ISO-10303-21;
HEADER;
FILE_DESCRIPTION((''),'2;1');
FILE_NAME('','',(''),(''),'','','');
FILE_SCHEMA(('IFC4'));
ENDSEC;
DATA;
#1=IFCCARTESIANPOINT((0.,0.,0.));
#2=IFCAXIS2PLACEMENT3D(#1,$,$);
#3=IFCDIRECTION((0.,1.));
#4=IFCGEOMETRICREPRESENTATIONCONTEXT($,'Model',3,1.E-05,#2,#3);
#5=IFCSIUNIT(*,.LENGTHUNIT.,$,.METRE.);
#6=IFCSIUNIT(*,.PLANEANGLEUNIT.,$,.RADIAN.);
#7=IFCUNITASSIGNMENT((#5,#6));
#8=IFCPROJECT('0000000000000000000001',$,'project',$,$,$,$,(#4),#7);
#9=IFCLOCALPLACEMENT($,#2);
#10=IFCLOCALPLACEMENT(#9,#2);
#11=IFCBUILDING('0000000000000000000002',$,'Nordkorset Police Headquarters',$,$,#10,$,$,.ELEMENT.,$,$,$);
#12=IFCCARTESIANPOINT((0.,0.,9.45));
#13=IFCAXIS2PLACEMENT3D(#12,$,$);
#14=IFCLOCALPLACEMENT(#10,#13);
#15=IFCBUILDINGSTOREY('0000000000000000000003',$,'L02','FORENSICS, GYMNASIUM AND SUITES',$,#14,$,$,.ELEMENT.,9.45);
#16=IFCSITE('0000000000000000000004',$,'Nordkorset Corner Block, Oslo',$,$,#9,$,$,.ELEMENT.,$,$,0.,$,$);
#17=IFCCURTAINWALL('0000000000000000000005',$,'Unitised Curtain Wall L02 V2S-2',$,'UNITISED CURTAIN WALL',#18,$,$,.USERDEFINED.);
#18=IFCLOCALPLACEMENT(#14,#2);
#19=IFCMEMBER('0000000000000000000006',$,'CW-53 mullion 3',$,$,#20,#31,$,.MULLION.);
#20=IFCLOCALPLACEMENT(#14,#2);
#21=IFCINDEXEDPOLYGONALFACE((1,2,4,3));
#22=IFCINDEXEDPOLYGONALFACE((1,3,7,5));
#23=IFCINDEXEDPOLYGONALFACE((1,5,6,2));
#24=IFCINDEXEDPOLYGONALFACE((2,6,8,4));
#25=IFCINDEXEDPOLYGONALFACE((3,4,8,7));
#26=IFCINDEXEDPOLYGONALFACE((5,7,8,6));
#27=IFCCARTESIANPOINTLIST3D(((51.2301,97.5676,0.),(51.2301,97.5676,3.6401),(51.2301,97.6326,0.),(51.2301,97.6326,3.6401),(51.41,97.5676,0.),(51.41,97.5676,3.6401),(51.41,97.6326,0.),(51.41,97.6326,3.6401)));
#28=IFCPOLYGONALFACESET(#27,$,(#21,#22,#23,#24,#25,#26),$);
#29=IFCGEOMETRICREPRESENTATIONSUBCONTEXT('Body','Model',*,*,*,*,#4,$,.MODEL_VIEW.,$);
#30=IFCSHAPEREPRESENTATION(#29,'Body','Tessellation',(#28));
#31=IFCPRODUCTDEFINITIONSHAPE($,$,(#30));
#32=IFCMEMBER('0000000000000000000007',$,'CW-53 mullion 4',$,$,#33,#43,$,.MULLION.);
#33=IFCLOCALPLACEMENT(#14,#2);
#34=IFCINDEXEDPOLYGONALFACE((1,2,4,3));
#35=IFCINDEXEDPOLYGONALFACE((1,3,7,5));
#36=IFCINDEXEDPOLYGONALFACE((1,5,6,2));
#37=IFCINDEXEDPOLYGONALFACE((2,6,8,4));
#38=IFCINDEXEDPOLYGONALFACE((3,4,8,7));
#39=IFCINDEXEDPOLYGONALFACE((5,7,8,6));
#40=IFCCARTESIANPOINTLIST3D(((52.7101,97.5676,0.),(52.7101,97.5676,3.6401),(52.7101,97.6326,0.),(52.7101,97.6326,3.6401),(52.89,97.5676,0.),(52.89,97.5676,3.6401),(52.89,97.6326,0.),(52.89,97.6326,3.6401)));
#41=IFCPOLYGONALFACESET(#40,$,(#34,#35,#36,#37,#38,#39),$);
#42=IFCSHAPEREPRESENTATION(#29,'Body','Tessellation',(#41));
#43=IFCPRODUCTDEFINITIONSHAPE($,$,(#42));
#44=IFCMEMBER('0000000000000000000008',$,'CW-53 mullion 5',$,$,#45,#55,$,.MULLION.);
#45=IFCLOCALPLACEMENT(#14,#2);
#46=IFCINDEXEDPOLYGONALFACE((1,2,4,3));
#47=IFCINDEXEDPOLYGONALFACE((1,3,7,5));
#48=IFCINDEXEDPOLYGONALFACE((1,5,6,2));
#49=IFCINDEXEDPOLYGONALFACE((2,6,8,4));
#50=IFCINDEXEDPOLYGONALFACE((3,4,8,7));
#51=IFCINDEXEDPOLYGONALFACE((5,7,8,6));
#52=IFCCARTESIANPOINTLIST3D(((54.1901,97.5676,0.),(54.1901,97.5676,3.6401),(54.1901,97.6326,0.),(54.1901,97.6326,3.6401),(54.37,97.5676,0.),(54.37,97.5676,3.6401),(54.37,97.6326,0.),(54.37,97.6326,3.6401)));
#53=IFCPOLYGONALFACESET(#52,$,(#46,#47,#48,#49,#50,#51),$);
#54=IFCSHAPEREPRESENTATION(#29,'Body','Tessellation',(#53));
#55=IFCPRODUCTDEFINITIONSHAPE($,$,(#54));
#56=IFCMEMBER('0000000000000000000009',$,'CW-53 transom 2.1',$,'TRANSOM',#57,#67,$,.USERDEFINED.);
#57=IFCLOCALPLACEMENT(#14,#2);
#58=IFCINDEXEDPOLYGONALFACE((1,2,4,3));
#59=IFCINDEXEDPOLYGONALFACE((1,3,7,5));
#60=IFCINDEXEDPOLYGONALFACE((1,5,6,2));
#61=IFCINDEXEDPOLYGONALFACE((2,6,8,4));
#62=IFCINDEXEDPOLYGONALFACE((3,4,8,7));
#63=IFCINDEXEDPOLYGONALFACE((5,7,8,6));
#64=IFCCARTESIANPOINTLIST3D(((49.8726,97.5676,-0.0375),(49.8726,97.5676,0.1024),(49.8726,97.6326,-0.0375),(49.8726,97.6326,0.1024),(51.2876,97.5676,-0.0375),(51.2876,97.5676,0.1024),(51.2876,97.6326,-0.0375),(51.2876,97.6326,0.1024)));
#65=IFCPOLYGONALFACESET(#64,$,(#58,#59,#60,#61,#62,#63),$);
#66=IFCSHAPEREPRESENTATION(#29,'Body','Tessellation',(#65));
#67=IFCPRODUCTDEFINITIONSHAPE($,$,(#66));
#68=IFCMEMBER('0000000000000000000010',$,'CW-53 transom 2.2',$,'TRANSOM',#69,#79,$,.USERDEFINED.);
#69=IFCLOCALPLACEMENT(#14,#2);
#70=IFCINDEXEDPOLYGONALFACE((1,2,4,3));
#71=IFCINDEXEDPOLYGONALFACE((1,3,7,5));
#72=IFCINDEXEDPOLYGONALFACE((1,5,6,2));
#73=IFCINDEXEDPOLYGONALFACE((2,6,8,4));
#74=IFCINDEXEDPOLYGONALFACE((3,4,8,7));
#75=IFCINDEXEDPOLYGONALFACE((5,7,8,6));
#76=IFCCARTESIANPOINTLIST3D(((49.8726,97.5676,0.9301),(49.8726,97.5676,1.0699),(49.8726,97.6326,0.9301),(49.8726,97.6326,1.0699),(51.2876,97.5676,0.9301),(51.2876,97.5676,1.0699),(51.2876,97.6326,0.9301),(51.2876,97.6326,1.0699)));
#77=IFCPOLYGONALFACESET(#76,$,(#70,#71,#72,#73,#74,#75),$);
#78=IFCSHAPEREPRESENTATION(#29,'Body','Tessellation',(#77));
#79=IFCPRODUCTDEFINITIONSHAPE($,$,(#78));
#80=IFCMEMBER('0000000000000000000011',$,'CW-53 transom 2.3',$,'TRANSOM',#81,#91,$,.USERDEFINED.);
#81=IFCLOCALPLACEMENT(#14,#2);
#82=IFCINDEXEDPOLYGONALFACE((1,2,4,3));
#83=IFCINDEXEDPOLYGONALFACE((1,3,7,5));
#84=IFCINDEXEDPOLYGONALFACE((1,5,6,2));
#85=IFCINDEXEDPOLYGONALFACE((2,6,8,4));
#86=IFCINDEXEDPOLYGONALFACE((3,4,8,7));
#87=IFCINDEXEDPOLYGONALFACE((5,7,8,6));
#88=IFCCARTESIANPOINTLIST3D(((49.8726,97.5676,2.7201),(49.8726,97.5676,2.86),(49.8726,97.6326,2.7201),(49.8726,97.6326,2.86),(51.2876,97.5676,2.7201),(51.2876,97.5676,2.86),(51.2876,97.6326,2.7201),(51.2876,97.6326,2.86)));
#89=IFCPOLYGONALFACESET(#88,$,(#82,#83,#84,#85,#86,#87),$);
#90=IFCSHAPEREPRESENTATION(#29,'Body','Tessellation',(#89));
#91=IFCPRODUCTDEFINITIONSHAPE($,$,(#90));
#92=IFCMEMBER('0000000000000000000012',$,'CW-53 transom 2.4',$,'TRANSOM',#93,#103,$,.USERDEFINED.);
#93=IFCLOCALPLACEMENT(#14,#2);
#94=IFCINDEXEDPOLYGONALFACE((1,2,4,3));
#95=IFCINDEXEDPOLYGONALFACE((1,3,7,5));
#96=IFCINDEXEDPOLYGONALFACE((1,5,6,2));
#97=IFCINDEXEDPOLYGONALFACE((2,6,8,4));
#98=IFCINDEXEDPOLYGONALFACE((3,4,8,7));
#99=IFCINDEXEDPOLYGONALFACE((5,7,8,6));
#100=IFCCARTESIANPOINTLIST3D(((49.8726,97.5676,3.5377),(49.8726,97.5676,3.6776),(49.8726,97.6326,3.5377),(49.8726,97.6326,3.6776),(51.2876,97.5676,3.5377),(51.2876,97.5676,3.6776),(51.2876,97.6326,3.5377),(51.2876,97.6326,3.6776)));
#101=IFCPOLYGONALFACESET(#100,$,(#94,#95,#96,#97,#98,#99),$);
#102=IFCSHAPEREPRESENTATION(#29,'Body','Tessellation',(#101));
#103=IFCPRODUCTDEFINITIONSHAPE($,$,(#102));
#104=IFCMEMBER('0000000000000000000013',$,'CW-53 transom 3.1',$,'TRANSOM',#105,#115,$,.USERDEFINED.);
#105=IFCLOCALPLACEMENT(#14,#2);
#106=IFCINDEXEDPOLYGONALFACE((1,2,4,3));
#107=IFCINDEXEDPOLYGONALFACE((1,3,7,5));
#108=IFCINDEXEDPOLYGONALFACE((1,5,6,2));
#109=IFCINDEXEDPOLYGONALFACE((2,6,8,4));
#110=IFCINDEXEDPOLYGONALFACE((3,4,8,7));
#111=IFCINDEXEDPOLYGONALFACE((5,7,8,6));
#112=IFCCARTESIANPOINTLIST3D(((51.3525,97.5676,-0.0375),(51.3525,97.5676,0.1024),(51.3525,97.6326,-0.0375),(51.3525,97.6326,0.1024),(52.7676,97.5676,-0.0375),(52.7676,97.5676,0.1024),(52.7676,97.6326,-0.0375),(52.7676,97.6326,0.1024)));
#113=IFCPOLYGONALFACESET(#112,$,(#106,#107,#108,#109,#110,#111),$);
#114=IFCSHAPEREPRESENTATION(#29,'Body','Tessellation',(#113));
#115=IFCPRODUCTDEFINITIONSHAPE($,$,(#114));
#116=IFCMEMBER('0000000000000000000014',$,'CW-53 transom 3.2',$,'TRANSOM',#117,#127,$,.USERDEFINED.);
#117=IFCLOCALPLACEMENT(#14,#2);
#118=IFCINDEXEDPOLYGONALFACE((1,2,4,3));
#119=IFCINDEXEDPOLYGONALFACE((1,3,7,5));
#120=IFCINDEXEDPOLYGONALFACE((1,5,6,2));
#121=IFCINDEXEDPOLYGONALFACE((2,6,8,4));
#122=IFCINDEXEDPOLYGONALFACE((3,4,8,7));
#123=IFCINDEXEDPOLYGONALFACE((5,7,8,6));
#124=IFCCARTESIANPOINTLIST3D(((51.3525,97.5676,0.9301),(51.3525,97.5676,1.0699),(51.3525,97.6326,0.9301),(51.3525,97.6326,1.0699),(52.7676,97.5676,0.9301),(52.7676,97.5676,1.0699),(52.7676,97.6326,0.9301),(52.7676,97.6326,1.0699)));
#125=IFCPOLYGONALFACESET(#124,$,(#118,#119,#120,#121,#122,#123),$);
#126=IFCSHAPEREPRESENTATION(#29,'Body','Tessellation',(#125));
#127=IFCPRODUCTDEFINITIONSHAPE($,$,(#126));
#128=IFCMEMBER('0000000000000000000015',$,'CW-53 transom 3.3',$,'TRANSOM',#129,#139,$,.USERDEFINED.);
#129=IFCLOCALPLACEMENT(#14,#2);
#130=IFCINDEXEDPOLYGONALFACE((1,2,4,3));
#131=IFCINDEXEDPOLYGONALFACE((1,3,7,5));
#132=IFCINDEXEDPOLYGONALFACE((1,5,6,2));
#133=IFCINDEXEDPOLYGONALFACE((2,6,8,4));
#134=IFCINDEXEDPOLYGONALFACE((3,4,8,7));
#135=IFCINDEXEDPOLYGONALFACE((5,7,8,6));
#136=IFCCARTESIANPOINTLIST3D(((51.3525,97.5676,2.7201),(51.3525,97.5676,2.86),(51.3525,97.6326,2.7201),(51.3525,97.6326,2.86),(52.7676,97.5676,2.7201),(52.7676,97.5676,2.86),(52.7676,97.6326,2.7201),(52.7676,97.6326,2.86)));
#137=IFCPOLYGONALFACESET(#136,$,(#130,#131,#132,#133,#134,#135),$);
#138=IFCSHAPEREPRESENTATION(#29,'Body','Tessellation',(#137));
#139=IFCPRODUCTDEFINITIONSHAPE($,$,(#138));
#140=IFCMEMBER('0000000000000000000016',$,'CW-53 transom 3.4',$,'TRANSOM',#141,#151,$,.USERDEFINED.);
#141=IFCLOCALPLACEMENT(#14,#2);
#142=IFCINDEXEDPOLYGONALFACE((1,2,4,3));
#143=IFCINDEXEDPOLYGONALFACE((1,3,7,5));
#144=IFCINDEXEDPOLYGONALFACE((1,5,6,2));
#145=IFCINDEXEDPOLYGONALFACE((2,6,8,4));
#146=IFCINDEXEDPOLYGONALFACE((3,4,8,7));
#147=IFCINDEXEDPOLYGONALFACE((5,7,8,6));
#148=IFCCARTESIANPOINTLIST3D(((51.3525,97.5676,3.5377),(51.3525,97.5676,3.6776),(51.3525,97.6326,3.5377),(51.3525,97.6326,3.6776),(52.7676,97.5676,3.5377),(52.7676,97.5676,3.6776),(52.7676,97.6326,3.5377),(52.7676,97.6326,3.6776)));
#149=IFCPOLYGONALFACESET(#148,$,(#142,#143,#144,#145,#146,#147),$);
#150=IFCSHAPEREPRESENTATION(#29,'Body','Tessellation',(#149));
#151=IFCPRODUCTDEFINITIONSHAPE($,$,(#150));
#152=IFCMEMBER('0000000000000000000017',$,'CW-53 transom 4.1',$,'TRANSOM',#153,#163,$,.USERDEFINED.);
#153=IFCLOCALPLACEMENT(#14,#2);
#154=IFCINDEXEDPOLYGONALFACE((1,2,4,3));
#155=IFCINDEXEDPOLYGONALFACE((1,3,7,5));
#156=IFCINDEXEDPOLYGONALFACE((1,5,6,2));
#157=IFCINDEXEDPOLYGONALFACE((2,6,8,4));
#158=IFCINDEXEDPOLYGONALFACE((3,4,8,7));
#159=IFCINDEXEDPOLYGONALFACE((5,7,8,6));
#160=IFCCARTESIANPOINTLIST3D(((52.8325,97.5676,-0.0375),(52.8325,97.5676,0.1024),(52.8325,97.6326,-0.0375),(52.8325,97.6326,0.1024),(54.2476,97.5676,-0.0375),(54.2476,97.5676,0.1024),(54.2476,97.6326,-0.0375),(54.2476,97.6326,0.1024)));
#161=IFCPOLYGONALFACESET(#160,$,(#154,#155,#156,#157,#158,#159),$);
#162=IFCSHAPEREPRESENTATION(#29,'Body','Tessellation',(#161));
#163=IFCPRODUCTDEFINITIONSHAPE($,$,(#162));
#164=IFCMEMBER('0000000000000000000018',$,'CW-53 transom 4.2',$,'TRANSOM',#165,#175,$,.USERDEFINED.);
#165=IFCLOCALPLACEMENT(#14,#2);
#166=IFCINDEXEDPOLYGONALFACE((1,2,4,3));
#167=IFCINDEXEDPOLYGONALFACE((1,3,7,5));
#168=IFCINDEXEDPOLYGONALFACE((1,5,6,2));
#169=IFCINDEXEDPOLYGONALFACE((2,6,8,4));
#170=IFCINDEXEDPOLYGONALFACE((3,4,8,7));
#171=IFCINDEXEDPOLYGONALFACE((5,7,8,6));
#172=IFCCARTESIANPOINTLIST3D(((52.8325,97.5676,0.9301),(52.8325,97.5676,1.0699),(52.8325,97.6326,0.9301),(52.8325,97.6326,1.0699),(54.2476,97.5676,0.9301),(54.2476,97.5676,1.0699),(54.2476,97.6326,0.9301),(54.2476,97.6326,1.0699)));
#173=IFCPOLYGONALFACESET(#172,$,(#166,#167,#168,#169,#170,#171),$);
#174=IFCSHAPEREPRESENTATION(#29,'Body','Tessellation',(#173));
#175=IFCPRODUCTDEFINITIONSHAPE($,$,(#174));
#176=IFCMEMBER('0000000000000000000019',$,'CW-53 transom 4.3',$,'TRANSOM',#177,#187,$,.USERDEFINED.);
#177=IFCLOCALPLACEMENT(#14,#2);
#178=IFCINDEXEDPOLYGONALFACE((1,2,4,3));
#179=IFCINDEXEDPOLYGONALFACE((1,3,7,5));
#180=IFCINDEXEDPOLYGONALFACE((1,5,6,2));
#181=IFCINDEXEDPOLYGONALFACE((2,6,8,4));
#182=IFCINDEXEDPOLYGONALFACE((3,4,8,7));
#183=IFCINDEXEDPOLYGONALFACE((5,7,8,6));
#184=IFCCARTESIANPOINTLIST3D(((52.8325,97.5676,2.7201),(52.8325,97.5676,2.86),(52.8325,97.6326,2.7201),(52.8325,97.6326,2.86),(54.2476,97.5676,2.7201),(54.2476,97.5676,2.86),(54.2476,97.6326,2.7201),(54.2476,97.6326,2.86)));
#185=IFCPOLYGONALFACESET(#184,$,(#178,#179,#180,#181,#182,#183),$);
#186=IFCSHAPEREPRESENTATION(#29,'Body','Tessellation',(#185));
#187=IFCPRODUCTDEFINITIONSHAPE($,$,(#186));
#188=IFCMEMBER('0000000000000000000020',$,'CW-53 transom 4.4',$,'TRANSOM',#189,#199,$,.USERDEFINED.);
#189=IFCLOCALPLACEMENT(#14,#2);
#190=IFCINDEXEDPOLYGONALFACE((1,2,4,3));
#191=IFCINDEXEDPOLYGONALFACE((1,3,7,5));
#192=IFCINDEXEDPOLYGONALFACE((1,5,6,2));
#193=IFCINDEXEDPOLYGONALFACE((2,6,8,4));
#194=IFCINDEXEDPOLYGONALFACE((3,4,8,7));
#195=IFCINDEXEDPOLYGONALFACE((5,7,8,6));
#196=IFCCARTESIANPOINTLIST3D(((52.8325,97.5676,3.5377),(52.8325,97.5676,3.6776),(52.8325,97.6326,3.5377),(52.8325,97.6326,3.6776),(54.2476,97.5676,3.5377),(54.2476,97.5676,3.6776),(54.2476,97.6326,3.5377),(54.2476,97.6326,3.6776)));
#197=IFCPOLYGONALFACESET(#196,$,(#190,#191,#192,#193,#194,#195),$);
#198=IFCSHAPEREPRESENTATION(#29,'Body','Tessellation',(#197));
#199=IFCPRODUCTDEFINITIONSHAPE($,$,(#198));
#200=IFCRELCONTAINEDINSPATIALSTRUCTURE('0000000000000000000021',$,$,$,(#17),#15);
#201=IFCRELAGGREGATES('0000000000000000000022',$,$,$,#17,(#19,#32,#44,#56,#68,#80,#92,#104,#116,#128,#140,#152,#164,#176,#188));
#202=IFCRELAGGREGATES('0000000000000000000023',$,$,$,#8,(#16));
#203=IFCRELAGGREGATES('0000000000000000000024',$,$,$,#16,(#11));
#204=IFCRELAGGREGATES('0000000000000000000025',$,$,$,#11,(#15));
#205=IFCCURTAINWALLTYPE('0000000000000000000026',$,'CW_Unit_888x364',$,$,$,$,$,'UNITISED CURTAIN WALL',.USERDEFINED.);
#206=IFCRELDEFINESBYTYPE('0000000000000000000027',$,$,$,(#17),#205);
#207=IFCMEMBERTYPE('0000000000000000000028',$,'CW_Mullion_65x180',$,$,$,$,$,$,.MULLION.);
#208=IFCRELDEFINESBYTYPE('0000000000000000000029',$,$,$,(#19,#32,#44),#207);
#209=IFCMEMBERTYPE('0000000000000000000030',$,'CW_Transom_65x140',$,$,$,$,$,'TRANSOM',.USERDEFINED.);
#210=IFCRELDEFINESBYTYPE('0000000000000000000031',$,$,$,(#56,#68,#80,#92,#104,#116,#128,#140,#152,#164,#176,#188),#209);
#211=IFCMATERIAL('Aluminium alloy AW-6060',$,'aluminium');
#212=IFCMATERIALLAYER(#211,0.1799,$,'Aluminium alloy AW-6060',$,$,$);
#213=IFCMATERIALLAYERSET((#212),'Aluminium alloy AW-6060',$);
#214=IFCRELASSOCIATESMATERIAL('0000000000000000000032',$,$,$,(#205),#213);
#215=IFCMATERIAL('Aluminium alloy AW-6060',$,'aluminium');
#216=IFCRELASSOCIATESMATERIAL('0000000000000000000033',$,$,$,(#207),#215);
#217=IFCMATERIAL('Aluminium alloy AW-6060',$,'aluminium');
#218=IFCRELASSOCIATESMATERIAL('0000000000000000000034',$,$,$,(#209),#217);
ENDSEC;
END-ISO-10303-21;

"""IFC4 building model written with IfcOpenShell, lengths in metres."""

from ifc_helpers import new_model, si_unit, direction, frame, origin, origin_2d, place, context, subcontext, project, spatial, rectangle, extrude, material, layer, layer_set, material_profile, profile_set, type_object, element, aggregate, save


model = new_model("IFC4")

# Units and contexts
model_context = context("Model", 3, precision=1e-05, world=origin(), true_north=direction((0.0, 1.0)))
body_context = subcontext(model_context, "Body", "Model", "MODEL_VIEW")
ifc_project = project(units=[si_unit("LENGTHUNIT", "METRE"), si_unit("PLANEANGLEUNIT", "RADIAN")], contexts=[model_context])

# Site, building, storey
site_placement = place(None, origin())
site = spatial("IfcSite", under=ifc_project, at=site_placement, Name="Nordkorset Corner Block, Oslo", CompositionType="ELEMENT", RefElevation=0.0)
building_placement = place(site_placement, origin())
building = spatial("IfcBuilding", under=site, at=building_placement, Name="Nordkorset Police Headquarters", CompositionType="ELEMENT")
storey_placement = place(building_placement, frame((0.0, 0.0, 9.45)))
storey = spatial("IfcBuildingStorey", under=building, at=storey_placement, Name="L02", Description="FORENSICS, GYMNASIUM AND SUITES", CompositionType="ELEMENT", Elevation=9.45)

# Curtain wall, members
ifc_material_1 = material(Name="Aluminium alloy AW-6060", Category="aluminium")
ifc_layer_1 = layer(ifc_material_1, 0.1799, Name="Aluminium alloy AW-6060")
ifc_layer_set_1 = layer_set([ifc_layer_1], Name="Aluminium alloy AW-6060")
curtain_wall_type = type_object("IfcCurtainWallType", Name="CW_Unit_888x364", ElementType="UNITISED CURTAIN WALL", PredefinedType="USERDEFINED", material=ifc_layer_set_1)
curtain_wall_placement = place(storey_placement, origin())
curtain_wall = element("IfcCurtainWall", 1, at=curtain_wall_placement, inside=storey, type_object=curtain_wall_type, Name="Unitised Curtain Wall L02 V2S-2", ObjectType="UNITISED CURTAIN WALL", PredefinedType="USERDEFINED")
ifc_material_2 = material(Name="Aluminium alloy AW-6060", Category="aluminium")
ifc_material_profile_1 = material_profile(ifc_material_2, rectangle(XDim=0.0649, YDim=0.1799, at=origin_2d()), Name="ALU MULL 65x180")
ifc_profile_set_1 = profile_set([ifc_material_profile_1], Name="Aluminium alloy AW-6060")
member_type_1 = type_object("IfcMemberType", Name="CW_Mullion_65x180", PredefinedType="MULLION", material=ifc_profile_set_1)
member_1_placement = place(storey_placement, frame((51.3201, 97.6001, 0.0), z_axis=(0.0, 0.0, 1.0), x_axis=(0.0, 1.0, 0.0)))
member_1 = element("IfcMember", 2, at=member_1_placement, type_object=member_type_1, Name="CW-53 mullion 3", PredefinedType="MULLION", context=body_context, shape_type="SweptSolid", body=[
    extrude(rectangle(XDim=0.0649, YDim=0.1799, at=origin_2d()), origin(), (0.0, 0.0, 1.0), 3.6401),
])
member_2_placement = place(storey_placement, frame((52.8, 97.6001, 0.0), z_axis=(0.0, 0.0, 1.0), x_axis=(0.0, 1.0, 0.0)))
member_2 = element("IfcMember", 3, at=member_2_placement, type_object=member_type_1, Name="CW-53 mullion 4", PredefinedType="MULLION", context=body_context, shape_type="SweptSolid", body=[
    extrude(rectangle(XDim=0.0649, YDim=0.1799, at=origin_2d()), origin(), (0.0, 0.0, 1.0), 3.6401),
])
member_3_placement = place(storey_placement, frame((54.28, 97.6001, 0.0), z_axis=(0.0, 0.0, 1.0), x_axis=(0.0, 1.0, 0.0)))
member_3 = element("IfcMember", 4, at=member_3_placement, type_object=member_type_1, Name="CW-53 mullion 5", PredefinedType="MULLION", context=body_context, shape_type="SweptSolid", body=[
    extrude(rectangle(XDim=0.0649, YDim=0.1799, at=origin_2d()), origin(), (0.0, 0.0, 1.0), 3.6401),
])
ifc_material_3 = material(Name="Aluminium alloy AW-6060", Category="aluminium")
ifc_material_profile_2 = material_profile(ifc_material_3, rectangle(XDim=0.0649, YDim=0.1399, at=origin_2d()), Name="ALU TRAN 65x140")
ifc_profile_set_2 = profile_set([ifc_material_profile_2], Name="Aluminium alloy AW-6060")
member_type_2 = type_object("IfcMemberType", Name="CW_Transom_65x140", ElementType="TRANSOM", PredefinedType="USERDEFINED", material=ifc_profile_set_2)
member_4_placement = place(storey_placement, frame((49.8726, 97.6001, 0.0325), z_axis=(1.0, 0.0, 0.0), x_axis=(0.0, 1.0, 0.0)))
member_4 = element("IfcMember", 5, at=member_4_placement, type_object=member_type_2, Name="CW-53 transom 2.1", ObjectType="TRANSOM", PredefinedType="USERDEFINED", context=body_context, shape_type="SweptSolid", body=[
    extrude(rectangle(XDim=0.0649, YDim=0.1399, at=origin_2d()), origin(), (0.0, 0.0, 1.0), 1.415),
])
member_5_placement = place(storey_placement, frame((49.8726, 97.6001, 1.0), z_axis=(1.0, 0.0, 0.0), x_axis=(0.0, 1.0, 0.0)))
member_5 = element("IfcMember", 6, at=member_5_placement, type_object=member_type_2, Name="CW-53 transom 2.2", ObjectType="TRANSOM", PredefinedType="USERDEFINED", context=body_context, shape_type="SweptSolid", body=[
    extrude(rectangle(XDim=0.0649, YDim=0.1399, at=origin_2d()), origin(), (0.0, 0.0, 1.0), 1.415),
])
member_6_placement = place(storey_placement, frame((49.8726, 97.6001, 2.79), z_axis=(1.0, 0.0, 0.0), x_axis=(0.0, 1.0, 0.0)))
member_6 = element("IfcMember", 7, at=member_6_placement, type_object=member_type_2, Name="CW-53 transom 2.3", ObjectType="TRANSOM", PredefinedType="USERDEFINED", context=body_context, shape_type="SweptSolid", body=[
    extrude(rectangle(XDim=0.0649, YDim=0.1399, at=origin_2d()), origin(), (0.0, 0.0, 1.0), 1.415),
])
member_7_placement = place(storey_placement, frame((49.8726, 97.6001, 3.6077), z_axis=(1.0, 0.0, 0.0), x_axis=(0.0, 1.0, 0.0)))
member_7 = element("IfcMember", 8, at=member_7_placement, type_object=member_type_2, Name="CW-53 transom 2.4", ObjectType="TRANSOM", PredefinedType="USERDEFINED", context=body_context, shape_type="SweptSolid", body=[
    extrude(rectangle(XDim=0.0649, YDim=0.1399, at=origin_2d()), origin(), (0.0, 0.0, 1.0), 1.415),
])
member_8_placement = place(storey_placement, frame((51.3525, 97.6001, 0.0325), z_axis=(1.0, 0.0, 0.0), x_axis=(0.0, 1.0, 0.0)))
member_8 = element("IfcMember", 9, at=member_8_placement, type_object=member_type_2, Name="CW-53 transom 3.1", ObjectType="TRANSOM", PredefinedType="USERDEFINED", context=body_context, shape_type="SweptSolid", body=[
    extrude(rectangle(XDim=0.0649, YDim=0.1399, at=origin_2d()), origin(), (0.0, 0.0, 1.0), 1.415),
])
member_9_placement = place(storey_placement, frame((51.3525, 97.6001, 1.0), z_axis=(1.0, 0.0, 0.0), x_axis=(0.0, 1.0, 0.0)))
member_9 = element("IfcMember", 10, at=member_9_placement, type_object=member_type_2, Name="CW-53 transom 3.2", ObjectType="TRANSOM", PredefinedType="USERDEFINED", context=body_context, shape_type="SweptSolid", body=[
    extrude(rectangle(XDim=0.0649, YDim=0.1399, at=origin_2d()), origin(), (0.0, 0.0, 1.0), 1.415),
])
member_10_placement = place(storey_placement, frame((51.3525, 97.6001, 2.79), z_axis=(1.0, 0.0, 0.0), x_axis=(0.0, 1.0, 0.0)))
member_10 = element("IfcMember", 11, at=member_10_placement, type_object=member_type_2, Name="CW-53 transom 3.3", ObjectType="TRANSOM", PredefinedType="USERDEFINED", context=body_context, shape_type="SweptSolid", body=[
    extrude(rectangle(XDim=0.0649, YDim=0.1399, at=origin_2d()), origin(), (0.0, 0.0, 1.0), 1.415),
])
member_11_placement = place(storey_placement, frame((51.3525, 97.6001, 3.6077), z_axis=(1.0, 0.0, 0.0), x_axis=(0.0, 1.0, 0.0)))
member_11 = element("IfcMember", 12, at=member_11_placement, type_object=member_type_2, Name="CW-53 transom 3.4", ObjectType="TRANSOM", PredefinedType="USERDEFINED", context=body_context, shape_type="SweptSolid", body=[
    extrude(rectangle(XDim=0.0649, YDim=0.1399, at=origin_2d()), origin(), (0.0, 0.0, 1.0), 1.415),
])
member_12_placement = place(storey_placement, frame((52.8325, 97.6001, 0.0325), z_axis=(1.0, 0.0, 0.0), x_axis=(0.0, 1.0, 0.0)))
member_12 = element("IfcMember", 13, at=member_12_placement, type_object=member_type_2, Name="CW-53 transom 4.1", ObjectType="TRANSOM", PredefinedType="USERDEFINED", context=body_context, shape_type="SweptSolid", body=[
    extrude(rectangle(XDim=0.0649, YDim=0.1399, at=origin_2d()), origin(), (0.0, 0.0, 1.0), 1.415),
])
member_13_placement = place(storey_placement, frame((52.8325, 97.6001, 1.0), z_axis=(1.0, 0.0, 0.0), x_axis=(0.0, 1.0, 0.0)))
member_13 = element("IfcMember", 14, at=member_13_placement, type_object=member_type_2, Name="CW-53 transom 4.2", ObjectType="TRANSOM", PredefinedType="USERDEFINED", context=body_context, shape_type="SweptSolid", body=[
    extrude(rectangle(XDim=0.0649, YDim=0.1399, at=origin_2d()), origin(), (0.0, 0.0, 1.0), 1.415),
])
member_14_placement = place(storey_placement, frame((52.8325, 97.6001, 2.79), z_axis=(1.0, 0.0, 0.0), x_axis=(0.0, 1.0, 0.0)))
member_14 = element("IfcMember", 15, at=member_14_placement, type_object=member_type_2, Name="CW-53 transom 4.3", ObjectType="TRANSOM", PredefinedType="USERDEFINED", context=body_context, shape_type="SweptSolid", body=[
    extrude(rectangle(XDim=0.0649, YDim=0.1399, at=origin_2d()), origin(), (0.0, 0.0, 1.0), 1.415),
])
member_15_placement = place(storey_placement, frame((52.8325, 97.6001, 3.6077), z_axis=(1.0, 0.0, 0.0), x_axis=(0.0, 1.0, 0.0)))
member_15 = element("IfcMember", 16, at=member_15_placement, type_object=member_type_2, Name="CW-53 transom 4.4", ObjectType="TRANSOM", PredefinedType="USERDEFINED", context=body_context, shape_type="SweptSolid", body=[
    extrude(rectangle(XDim=0.0649, YDim=0.1399, at=origin_2d()), origin(), (0.0, 0.0, 1.0), 1.415),
])
aggregate(curtain_wall, [member_1, member_2, member_3, member_4, member_5, member_6, member_7, member_8, member_9, member_10, member_11, member_12, member_13, member_14, member_15])

save(model, "model.ifc")
